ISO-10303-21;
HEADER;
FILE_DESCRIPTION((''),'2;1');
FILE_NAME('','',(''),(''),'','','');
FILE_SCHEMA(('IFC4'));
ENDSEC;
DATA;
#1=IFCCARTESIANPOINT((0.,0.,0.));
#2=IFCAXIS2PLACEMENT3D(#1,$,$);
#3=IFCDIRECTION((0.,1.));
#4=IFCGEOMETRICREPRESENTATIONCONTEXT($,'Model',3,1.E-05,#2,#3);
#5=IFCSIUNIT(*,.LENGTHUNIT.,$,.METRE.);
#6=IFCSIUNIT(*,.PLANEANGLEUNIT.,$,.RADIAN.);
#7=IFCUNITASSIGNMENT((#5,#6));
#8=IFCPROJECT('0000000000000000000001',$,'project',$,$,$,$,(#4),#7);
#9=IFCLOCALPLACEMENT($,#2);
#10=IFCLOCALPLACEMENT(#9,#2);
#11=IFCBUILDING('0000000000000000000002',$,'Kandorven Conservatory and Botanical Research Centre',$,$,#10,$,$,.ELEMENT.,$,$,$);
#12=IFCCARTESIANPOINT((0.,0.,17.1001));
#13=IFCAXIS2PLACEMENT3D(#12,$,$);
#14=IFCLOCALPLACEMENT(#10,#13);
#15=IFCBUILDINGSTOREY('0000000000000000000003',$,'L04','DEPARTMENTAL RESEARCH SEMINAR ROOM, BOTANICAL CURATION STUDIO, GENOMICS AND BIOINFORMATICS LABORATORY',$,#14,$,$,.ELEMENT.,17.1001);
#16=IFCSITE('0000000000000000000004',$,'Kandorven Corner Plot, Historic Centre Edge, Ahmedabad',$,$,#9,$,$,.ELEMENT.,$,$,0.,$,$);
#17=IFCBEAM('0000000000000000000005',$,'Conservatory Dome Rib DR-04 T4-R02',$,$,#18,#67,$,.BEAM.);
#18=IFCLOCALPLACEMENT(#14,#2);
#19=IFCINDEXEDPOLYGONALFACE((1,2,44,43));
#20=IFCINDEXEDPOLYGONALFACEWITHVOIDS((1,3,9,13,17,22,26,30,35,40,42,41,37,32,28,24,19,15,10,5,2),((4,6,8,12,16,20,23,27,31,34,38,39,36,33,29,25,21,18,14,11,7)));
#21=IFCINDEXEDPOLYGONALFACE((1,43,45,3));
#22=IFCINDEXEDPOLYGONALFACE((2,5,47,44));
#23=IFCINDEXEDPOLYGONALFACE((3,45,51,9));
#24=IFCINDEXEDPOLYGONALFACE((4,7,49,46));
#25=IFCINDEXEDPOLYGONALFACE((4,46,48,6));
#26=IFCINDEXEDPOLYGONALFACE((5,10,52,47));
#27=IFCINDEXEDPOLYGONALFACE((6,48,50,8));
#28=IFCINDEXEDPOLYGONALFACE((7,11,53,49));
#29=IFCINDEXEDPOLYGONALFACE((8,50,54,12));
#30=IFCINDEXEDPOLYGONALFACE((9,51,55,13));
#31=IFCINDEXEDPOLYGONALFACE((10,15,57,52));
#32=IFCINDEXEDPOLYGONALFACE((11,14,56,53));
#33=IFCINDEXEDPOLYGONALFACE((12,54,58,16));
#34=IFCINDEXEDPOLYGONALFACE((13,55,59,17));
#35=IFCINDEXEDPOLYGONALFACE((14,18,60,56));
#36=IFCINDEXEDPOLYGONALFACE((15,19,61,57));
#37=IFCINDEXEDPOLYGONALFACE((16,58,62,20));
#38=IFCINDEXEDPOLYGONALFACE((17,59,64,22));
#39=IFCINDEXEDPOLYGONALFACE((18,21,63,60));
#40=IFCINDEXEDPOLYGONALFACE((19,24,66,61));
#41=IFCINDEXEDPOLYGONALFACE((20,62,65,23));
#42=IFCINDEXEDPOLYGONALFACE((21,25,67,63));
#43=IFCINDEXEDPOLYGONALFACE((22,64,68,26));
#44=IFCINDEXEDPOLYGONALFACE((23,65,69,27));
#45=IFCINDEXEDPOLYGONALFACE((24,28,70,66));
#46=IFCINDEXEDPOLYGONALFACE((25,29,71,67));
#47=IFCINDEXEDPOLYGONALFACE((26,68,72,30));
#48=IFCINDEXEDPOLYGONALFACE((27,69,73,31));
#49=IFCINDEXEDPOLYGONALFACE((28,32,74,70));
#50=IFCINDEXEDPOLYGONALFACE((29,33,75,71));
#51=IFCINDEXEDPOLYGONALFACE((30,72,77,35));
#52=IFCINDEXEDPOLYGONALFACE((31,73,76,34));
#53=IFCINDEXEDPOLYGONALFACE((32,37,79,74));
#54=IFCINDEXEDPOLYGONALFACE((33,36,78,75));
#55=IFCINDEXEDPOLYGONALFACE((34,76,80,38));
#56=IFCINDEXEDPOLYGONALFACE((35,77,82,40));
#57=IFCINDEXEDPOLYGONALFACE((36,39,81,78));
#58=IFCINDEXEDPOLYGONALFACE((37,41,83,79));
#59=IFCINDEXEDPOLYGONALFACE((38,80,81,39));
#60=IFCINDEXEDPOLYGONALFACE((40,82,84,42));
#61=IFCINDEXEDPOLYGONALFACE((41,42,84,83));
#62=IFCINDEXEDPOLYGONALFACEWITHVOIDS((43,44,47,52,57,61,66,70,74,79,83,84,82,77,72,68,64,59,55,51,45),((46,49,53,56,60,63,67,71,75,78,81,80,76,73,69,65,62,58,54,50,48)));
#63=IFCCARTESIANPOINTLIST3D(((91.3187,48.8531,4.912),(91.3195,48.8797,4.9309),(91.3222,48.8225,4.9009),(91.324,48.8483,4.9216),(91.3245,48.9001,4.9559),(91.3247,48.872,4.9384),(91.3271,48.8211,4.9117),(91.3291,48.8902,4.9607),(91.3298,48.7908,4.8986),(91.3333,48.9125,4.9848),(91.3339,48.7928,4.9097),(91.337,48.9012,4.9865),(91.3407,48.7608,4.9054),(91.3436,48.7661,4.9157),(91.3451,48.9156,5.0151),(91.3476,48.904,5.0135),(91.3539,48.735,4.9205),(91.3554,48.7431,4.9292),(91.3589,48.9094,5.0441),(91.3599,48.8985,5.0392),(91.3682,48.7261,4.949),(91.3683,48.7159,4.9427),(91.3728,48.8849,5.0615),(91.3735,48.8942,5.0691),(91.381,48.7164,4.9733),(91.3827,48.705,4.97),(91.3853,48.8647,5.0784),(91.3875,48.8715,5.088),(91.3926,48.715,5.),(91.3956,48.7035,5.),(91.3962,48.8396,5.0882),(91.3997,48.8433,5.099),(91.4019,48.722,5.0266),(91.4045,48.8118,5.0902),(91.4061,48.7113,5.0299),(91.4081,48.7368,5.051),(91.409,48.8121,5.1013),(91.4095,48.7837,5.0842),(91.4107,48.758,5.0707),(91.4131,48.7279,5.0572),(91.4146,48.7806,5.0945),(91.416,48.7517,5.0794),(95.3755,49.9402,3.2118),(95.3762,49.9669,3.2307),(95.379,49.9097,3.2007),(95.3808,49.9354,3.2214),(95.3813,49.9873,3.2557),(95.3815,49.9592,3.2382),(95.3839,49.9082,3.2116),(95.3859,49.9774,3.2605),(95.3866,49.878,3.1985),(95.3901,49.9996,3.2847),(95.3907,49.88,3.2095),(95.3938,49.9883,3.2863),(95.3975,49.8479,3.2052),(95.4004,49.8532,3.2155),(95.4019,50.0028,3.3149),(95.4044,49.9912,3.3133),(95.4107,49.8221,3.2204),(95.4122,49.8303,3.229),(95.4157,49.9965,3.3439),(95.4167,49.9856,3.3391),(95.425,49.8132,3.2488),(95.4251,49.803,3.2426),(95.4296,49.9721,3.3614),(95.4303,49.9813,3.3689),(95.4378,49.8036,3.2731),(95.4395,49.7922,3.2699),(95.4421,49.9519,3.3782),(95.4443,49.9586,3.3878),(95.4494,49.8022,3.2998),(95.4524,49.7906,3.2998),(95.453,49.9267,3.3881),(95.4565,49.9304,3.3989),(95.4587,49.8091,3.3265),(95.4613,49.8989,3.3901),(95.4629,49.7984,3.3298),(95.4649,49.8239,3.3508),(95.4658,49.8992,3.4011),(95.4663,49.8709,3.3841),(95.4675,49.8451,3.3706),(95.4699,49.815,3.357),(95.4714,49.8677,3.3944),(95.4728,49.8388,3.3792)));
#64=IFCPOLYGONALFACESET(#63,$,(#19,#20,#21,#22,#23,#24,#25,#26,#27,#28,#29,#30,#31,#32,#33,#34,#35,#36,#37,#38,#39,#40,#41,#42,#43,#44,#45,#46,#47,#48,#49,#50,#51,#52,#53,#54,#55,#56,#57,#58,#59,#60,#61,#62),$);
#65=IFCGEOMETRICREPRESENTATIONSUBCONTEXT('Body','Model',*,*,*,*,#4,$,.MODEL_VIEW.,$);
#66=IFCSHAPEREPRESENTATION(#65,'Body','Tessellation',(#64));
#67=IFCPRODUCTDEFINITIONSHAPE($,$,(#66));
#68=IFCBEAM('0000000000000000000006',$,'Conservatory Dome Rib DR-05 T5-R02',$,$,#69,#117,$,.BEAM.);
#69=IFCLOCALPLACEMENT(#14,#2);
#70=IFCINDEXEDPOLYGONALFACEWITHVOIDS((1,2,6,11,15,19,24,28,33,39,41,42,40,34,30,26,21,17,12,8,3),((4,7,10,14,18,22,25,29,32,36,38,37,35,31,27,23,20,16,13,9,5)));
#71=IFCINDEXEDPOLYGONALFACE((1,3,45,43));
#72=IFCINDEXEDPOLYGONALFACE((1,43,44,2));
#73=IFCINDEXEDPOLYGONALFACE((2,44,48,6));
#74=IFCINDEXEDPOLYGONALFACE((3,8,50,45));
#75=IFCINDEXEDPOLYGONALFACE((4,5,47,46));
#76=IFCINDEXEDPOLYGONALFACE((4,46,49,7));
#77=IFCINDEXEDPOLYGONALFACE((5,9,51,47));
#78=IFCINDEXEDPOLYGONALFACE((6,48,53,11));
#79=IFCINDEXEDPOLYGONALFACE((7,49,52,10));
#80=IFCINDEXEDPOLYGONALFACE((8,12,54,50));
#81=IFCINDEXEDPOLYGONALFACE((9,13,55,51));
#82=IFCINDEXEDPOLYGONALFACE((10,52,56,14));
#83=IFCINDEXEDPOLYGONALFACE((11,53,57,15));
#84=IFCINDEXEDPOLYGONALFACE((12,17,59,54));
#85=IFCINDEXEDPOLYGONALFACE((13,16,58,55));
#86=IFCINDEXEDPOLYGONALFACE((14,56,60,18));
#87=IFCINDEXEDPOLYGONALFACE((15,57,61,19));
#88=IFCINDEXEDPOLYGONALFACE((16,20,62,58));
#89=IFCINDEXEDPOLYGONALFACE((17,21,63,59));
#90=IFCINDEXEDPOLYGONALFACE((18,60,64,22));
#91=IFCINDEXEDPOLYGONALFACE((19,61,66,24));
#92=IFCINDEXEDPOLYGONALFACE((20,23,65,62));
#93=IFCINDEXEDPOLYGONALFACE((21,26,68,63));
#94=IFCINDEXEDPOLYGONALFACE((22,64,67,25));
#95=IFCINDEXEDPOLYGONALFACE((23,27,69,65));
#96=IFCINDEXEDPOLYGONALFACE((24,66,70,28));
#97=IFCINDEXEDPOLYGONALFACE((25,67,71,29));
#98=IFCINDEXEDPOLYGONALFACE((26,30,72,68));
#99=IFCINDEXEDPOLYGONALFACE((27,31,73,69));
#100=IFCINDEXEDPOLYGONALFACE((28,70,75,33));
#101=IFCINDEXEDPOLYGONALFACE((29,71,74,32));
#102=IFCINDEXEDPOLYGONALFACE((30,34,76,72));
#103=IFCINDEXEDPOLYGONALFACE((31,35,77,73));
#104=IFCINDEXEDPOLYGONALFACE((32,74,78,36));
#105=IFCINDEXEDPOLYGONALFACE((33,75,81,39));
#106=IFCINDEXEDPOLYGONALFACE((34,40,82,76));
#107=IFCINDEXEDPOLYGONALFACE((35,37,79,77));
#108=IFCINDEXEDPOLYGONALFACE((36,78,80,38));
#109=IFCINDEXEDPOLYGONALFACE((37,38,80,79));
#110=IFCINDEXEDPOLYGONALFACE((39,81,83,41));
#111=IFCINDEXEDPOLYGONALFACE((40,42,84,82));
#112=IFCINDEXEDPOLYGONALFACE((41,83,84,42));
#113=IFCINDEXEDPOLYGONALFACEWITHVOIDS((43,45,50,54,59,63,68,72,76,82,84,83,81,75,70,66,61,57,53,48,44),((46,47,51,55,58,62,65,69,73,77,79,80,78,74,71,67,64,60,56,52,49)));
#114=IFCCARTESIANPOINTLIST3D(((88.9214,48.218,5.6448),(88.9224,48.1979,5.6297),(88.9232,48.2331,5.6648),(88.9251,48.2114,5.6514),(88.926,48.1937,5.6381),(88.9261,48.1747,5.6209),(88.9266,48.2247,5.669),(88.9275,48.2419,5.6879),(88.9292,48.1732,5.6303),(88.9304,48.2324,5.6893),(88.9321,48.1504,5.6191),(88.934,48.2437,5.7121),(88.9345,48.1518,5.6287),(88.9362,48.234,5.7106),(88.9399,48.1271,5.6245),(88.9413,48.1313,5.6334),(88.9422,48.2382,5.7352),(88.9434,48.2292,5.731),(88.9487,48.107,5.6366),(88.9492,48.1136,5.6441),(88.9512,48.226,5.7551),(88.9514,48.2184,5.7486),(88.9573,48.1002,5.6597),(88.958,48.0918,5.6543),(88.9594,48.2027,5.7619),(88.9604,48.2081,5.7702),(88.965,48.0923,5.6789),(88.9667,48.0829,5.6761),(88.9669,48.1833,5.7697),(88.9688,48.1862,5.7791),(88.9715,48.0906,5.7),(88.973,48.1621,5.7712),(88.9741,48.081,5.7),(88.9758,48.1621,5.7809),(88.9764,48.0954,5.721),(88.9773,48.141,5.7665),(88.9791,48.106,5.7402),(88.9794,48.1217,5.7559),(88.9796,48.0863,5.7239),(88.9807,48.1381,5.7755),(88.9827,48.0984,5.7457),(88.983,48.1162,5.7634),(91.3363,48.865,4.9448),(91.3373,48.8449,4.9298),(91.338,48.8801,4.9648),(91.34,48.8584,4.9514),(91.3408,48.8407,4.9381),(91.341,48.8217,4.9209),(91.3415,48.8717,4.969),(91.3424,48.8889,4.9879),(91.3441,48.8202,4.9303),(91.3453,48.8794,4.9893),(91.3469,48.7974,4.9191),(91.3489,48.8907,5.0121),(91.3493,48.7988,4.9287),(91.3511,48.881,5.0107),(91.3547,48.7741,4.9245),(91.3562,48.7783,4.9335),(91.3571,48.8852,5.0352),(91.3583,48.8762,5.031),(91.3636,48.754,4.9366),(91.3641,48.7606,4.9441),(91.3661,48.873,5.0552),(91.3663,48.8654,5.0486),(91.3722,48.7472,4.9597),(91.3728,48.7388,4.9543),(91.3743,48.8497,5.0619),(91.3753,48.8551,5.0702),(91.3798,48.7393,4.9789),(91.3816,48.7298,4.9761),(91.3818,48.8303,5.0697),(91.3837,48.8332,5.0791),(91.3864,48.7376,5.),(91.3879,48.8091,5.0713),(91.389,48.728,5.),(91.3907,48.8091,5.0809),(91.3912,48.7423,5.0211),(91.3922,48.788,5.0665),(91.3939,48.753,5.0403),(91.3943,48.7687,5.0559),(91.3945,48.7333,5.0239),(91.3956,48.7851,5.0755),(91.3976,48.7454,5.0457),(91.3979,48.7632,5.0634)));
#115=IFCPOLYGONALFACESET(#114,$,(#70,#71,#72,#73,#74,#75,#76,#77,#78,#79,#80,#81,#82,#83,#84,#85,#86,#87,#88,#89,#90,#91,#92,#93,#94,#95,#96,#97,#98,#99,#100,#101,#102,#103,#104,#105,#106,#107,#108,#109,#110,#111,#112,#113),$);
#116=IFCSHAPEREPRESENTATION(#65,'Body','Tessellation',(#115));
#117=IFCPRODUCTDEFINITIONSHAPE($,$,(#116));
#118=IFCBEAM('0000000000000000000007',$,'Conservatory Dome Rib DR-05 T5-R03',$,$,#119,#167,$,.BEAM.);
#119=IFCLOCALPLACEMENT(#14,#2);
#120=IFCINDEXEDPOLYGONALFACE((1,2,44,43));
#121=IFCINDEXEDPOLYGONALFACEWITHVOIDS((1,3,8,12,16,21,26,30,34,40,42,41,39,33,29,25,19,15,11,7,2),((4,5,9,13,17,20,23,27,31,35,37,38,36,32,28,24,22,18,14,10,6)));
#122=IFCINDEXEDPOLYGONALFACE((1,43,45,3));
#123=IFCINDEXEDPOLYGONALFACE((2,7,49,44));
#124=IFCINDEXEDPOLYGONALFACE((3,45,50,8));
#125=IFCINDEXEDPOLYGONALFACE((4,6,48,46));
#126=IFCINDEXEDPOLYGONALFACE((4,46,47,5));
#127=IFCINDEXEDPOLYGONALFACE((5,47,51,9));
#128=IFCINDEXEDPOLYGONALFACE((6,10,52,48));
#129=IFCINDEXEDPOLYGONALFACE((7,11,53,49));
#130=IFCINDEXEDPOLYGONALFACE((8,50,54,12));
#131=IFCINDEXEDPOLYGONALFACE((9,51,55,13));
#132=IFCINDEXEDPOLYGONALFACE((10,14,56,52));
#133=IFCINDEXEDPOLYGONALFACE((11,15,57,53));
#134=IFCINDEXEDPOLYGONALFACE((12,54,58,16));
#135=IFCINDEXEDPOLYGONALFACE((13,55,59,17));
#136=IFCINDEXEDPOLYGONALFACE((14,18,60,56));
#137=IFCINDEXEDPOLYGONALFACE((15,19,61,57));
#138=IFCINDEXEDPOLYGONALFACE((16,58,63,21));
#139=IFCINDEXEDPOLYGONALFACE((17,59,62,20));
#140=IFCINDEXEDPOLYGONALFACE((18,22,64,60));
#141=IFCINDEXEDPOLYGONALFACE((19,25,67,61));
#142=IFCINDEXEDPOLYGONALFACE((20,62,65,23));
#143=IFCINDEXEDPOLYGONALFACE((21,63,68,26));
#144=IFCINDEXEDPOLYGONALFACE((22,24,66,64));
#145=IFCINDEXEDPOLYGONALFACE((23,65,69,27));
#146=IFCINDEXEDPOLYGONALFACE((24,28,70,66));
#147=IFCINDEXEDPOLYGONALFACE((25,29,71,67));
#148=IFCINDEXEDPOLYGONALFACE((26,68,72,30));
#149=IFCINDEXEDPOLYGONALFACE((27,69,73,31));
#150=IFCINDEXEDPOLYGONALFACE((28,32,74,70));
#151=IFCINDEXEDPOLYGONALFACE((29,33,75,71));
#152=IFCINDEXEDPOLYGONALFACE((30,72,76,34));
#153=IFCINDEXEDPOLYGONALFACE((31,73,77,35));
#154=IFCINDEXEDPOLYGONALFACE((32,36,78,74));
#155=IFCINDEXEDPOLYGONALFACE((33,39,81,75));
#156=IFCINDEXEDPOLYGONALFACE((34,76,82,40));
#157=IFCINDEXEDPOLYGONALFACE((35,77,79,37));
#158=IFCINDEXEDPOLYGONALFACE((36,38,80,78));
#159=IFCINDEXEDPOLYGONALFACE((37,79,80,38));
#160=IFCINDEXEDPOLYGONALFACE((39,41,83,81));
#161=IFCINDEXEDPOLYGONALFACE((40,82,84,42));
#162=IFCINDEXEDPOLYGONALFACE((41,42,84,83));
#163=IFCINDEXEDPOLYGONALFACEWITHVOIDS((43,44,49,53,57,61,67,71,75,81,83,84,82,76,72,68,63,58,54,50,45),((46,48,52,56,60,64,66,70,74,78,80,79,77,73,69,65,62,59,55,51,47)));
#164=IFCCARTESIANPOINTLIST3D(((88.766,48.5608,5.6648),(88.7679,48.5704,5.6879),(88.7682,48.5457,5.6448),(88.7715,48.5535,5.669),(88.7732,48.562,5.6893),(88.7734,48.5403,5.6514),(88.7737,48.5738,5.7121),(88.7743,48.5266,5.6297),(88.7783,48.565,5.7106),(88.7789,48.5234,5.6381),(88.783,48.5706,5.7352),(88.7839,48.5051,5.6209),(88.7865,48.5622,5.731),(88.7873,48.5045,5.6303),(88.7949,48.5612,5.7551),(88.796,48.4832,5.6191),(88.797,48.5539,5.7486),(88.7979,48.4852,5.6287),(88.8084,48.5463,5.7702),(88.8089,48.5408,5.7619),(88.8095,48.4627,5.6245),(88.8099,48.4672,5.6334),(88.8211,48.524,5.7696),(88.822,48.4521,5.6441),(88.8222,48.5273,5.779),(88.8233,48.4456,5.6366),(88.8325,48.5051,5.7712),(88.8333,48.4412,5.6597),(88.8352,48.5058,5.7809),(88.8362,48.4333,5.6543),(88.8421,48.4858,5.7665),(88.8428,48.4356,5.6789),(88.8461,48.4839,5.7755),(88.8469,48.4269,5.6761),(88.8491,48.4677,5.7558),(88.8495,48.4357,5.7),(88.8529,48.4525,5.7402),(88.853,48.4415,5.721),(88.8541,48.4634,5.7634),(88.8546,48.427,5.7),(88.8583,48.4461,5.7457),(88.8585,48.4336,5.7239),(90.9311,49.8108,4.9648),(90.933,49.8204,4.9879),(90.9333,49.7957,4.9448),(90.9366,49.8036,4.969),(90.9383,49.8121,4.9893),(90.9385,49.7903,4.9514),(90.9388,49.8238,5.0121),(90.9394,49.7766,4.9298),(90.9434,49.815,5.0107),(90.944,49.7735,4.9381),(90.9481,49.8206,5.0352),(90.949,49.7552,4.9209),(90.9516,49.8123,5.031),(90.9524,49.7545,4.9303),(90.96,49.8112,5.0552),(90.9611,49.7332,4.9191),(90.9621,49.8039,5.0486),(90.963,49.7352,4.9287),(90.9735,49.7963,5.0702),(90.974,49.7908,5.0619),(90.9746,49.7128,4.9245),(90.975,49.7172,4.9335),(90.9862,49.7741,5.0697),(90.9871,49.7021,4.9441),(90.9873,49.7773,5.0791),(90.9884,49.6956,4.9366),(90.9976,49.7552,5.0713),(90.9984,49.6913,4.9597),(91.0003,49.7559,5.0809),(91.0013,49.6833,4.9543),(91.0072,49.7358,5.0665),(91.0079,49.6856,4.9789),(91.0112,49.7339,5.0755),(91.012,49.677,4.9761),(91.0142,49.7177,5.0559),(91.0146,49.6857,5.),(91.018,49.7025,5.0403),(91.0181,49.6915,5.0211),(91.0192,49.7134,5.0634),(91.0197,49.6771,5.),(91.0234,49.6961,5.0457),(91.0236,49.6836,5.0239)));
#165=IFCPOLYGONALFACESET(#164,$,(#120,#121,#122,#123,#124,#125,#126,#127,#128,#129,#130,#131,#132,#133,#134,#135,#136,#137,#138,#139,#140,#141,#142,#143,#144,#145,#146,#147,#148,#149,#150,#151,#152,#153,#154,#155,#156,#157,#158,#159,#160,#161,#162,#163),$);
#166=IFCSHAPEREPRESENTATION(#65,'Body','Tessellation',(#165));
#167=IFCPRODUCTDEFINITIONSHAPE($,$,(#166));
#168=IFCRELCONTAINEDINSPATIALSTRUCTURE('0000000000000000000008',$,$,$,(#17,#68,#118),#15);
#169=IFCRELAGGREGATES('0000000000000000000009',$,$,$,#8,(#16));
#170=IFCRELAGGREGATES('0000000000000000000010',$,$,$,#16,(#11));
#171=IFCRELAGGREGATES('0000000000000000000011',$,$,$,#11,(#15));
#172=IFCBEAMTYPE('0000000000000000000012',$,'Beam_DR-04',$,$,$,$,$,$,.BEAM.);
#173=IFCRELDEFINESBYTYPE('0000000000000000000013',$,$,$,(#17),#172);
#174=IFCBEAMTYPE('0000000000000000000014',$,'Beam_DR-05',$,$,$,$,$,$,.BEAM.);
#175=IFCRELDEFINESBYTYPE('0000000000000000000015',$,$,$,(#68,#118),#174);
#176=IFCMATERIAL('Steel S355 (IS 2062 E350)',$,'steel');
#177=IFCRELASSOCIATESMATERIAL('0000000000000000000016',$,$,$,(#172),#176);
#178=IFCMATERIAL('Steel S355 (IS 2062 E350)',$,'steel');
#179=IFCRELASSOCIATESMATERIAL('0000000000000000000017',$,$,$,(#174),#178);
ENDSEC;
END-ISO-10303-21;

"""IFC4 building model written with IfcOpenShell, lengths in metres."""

from ifc_helpers import new_model, si_unit, direction, frame, origin, origin_2d, place, context, subcontext, project, spatial, hollow_circle, extrude, material, material_profile, profile_set, type_object, element, save


model = new_model("IFC4")

# Units and contexts
model_context = context("Model", 3, precision=1e-05, world=origin(), true_north=direction((0.0, 1.0)))
body_context = subcontext(model_context, "Body", "Model", "MODEL_VIEW")
ifc_project = project(units=[si_unit("LENGTHUNIT", "METRE"), si_unit("PLANEANGLEUNIT", "RADIAN")], contexts=[model_context])

# Site, building, storey
site_placement = place(None, origin())
site = spatial("IfcSite", under=ifc_project, at=site_placement, Name="Kandorven Corner Plot, Historic Centre Edge, Ahmedabad", CompositionType="ELEMENT", RefElevation=0.0)
building_placement = place(site_placement, origin())
building = spatial("IfcBuilding", under=site, at=building_placement, Name="Kandorven Conservatory and Botanical Research Centre", CompositionType="ELEMENT")
storey_placement = place(building_placement, frame((0.0, 0.0, 17.1001)))
storey = spatial("IfcBuildingStorey", under=building, at=storey_placement, Name="L04", Description="DEPARTMENTAL RESEARCH SEMINAR ROOM, BOTANICAL CURATION STUDIO, GENOMICS AND BIOINFORMATICS LABORATORY", CompositionType="ELEMENT", Elevation=17.1001)

# Beams
ifc_material_1 = material(Name="Steel S355 (IS 2062 E350)", Category="steel")
ifc_material_profile_1 = material_profile(ifc_material_1, hollow_circle(Radius=0.1096, WallThickness=0.012, at=origin_2d()))
ifc_profile_set_1 = profile_set([ifc_material_profile_1], Name="Steel S355 (IS 2062 E350)")
beam_type_1 = type_object("IfcBeamType", Name="Beam_DR-04", PredefinedType="BEAM", material=ifc_profile_set_1)
for number, where, z_axis, x_axis, name in (
    (1, (95.4241, 49.8965, 3.2998), (-0.895342, -0.239932, 0.375228), (0.258846, -0.965919, 0.0), "Conservatory Dome Rib DR-04 T4-R02"),
):
    element("IfcBeam", number, at=place(storey_placement, frame(where, z_axis=z_axis, x_axis=x_axis)), inside=storey, type_object=beam_type_1, Name=name, PredefinedType="BEAM", context=body_context, shape_type="SweptSolid", body=[
        extrude(hollow_circle(Radius=0.1096, WallThickness=0.012, at=origin_2d()), origin(), (0.0, 0.0, 1.0), 4.531),
    ])
ifc_material_2 = material(Name="Steel S355 (IS 2062 E350)", Category="steel")
ifc_material_profile_2 = material_profile(ifc_material_2, hollow_circle(Radius=0.0842, WallThickness=0.01, at=origin_2d()))
ifc_profile_set_2 = profile_set([ifc_material_profile_2], Name="Steel S355 (IS 2062 E350)")
beam_type_2 = type_object("IfcBeamType", Name="Beam_DR-05", PredefinedType="BEAM", material=ifc_profile_set_2)
for number, where, z_axis, x_axis, name in (
    (2, (91.3672, 48.8093, 5.0), (-0.930162, -0.249209, 0.269616), (0.258793, -0.965933, 0.0), "Conservatory Dome Rib DR-05 T5-R02"),
    (3, (90.9775, 49.75, 5.0), (-0.833953, -0.481488, 0.269615), (0.500004, -0.866023, 0.0), "Conservatory Dome Rib DR-05 T5-R03"),
):
    element("IfcBeam", number, at=place(storey_placement, frame(where, z_axis=z_axis, x_axis=x_axis)), inside=storey, type_object=beam_type_2, Name=name, PredefinedType="BEAM", context=body_context, shape_type="SweptSolid", body=[
        extrude(hollow_circle(Radius=0.0842, WallThickness=0.01, at=origin_2d()), origin(), (0.0, 0.0, 1.0), 2.5962),
    ])

save(model, "model.ifc")
